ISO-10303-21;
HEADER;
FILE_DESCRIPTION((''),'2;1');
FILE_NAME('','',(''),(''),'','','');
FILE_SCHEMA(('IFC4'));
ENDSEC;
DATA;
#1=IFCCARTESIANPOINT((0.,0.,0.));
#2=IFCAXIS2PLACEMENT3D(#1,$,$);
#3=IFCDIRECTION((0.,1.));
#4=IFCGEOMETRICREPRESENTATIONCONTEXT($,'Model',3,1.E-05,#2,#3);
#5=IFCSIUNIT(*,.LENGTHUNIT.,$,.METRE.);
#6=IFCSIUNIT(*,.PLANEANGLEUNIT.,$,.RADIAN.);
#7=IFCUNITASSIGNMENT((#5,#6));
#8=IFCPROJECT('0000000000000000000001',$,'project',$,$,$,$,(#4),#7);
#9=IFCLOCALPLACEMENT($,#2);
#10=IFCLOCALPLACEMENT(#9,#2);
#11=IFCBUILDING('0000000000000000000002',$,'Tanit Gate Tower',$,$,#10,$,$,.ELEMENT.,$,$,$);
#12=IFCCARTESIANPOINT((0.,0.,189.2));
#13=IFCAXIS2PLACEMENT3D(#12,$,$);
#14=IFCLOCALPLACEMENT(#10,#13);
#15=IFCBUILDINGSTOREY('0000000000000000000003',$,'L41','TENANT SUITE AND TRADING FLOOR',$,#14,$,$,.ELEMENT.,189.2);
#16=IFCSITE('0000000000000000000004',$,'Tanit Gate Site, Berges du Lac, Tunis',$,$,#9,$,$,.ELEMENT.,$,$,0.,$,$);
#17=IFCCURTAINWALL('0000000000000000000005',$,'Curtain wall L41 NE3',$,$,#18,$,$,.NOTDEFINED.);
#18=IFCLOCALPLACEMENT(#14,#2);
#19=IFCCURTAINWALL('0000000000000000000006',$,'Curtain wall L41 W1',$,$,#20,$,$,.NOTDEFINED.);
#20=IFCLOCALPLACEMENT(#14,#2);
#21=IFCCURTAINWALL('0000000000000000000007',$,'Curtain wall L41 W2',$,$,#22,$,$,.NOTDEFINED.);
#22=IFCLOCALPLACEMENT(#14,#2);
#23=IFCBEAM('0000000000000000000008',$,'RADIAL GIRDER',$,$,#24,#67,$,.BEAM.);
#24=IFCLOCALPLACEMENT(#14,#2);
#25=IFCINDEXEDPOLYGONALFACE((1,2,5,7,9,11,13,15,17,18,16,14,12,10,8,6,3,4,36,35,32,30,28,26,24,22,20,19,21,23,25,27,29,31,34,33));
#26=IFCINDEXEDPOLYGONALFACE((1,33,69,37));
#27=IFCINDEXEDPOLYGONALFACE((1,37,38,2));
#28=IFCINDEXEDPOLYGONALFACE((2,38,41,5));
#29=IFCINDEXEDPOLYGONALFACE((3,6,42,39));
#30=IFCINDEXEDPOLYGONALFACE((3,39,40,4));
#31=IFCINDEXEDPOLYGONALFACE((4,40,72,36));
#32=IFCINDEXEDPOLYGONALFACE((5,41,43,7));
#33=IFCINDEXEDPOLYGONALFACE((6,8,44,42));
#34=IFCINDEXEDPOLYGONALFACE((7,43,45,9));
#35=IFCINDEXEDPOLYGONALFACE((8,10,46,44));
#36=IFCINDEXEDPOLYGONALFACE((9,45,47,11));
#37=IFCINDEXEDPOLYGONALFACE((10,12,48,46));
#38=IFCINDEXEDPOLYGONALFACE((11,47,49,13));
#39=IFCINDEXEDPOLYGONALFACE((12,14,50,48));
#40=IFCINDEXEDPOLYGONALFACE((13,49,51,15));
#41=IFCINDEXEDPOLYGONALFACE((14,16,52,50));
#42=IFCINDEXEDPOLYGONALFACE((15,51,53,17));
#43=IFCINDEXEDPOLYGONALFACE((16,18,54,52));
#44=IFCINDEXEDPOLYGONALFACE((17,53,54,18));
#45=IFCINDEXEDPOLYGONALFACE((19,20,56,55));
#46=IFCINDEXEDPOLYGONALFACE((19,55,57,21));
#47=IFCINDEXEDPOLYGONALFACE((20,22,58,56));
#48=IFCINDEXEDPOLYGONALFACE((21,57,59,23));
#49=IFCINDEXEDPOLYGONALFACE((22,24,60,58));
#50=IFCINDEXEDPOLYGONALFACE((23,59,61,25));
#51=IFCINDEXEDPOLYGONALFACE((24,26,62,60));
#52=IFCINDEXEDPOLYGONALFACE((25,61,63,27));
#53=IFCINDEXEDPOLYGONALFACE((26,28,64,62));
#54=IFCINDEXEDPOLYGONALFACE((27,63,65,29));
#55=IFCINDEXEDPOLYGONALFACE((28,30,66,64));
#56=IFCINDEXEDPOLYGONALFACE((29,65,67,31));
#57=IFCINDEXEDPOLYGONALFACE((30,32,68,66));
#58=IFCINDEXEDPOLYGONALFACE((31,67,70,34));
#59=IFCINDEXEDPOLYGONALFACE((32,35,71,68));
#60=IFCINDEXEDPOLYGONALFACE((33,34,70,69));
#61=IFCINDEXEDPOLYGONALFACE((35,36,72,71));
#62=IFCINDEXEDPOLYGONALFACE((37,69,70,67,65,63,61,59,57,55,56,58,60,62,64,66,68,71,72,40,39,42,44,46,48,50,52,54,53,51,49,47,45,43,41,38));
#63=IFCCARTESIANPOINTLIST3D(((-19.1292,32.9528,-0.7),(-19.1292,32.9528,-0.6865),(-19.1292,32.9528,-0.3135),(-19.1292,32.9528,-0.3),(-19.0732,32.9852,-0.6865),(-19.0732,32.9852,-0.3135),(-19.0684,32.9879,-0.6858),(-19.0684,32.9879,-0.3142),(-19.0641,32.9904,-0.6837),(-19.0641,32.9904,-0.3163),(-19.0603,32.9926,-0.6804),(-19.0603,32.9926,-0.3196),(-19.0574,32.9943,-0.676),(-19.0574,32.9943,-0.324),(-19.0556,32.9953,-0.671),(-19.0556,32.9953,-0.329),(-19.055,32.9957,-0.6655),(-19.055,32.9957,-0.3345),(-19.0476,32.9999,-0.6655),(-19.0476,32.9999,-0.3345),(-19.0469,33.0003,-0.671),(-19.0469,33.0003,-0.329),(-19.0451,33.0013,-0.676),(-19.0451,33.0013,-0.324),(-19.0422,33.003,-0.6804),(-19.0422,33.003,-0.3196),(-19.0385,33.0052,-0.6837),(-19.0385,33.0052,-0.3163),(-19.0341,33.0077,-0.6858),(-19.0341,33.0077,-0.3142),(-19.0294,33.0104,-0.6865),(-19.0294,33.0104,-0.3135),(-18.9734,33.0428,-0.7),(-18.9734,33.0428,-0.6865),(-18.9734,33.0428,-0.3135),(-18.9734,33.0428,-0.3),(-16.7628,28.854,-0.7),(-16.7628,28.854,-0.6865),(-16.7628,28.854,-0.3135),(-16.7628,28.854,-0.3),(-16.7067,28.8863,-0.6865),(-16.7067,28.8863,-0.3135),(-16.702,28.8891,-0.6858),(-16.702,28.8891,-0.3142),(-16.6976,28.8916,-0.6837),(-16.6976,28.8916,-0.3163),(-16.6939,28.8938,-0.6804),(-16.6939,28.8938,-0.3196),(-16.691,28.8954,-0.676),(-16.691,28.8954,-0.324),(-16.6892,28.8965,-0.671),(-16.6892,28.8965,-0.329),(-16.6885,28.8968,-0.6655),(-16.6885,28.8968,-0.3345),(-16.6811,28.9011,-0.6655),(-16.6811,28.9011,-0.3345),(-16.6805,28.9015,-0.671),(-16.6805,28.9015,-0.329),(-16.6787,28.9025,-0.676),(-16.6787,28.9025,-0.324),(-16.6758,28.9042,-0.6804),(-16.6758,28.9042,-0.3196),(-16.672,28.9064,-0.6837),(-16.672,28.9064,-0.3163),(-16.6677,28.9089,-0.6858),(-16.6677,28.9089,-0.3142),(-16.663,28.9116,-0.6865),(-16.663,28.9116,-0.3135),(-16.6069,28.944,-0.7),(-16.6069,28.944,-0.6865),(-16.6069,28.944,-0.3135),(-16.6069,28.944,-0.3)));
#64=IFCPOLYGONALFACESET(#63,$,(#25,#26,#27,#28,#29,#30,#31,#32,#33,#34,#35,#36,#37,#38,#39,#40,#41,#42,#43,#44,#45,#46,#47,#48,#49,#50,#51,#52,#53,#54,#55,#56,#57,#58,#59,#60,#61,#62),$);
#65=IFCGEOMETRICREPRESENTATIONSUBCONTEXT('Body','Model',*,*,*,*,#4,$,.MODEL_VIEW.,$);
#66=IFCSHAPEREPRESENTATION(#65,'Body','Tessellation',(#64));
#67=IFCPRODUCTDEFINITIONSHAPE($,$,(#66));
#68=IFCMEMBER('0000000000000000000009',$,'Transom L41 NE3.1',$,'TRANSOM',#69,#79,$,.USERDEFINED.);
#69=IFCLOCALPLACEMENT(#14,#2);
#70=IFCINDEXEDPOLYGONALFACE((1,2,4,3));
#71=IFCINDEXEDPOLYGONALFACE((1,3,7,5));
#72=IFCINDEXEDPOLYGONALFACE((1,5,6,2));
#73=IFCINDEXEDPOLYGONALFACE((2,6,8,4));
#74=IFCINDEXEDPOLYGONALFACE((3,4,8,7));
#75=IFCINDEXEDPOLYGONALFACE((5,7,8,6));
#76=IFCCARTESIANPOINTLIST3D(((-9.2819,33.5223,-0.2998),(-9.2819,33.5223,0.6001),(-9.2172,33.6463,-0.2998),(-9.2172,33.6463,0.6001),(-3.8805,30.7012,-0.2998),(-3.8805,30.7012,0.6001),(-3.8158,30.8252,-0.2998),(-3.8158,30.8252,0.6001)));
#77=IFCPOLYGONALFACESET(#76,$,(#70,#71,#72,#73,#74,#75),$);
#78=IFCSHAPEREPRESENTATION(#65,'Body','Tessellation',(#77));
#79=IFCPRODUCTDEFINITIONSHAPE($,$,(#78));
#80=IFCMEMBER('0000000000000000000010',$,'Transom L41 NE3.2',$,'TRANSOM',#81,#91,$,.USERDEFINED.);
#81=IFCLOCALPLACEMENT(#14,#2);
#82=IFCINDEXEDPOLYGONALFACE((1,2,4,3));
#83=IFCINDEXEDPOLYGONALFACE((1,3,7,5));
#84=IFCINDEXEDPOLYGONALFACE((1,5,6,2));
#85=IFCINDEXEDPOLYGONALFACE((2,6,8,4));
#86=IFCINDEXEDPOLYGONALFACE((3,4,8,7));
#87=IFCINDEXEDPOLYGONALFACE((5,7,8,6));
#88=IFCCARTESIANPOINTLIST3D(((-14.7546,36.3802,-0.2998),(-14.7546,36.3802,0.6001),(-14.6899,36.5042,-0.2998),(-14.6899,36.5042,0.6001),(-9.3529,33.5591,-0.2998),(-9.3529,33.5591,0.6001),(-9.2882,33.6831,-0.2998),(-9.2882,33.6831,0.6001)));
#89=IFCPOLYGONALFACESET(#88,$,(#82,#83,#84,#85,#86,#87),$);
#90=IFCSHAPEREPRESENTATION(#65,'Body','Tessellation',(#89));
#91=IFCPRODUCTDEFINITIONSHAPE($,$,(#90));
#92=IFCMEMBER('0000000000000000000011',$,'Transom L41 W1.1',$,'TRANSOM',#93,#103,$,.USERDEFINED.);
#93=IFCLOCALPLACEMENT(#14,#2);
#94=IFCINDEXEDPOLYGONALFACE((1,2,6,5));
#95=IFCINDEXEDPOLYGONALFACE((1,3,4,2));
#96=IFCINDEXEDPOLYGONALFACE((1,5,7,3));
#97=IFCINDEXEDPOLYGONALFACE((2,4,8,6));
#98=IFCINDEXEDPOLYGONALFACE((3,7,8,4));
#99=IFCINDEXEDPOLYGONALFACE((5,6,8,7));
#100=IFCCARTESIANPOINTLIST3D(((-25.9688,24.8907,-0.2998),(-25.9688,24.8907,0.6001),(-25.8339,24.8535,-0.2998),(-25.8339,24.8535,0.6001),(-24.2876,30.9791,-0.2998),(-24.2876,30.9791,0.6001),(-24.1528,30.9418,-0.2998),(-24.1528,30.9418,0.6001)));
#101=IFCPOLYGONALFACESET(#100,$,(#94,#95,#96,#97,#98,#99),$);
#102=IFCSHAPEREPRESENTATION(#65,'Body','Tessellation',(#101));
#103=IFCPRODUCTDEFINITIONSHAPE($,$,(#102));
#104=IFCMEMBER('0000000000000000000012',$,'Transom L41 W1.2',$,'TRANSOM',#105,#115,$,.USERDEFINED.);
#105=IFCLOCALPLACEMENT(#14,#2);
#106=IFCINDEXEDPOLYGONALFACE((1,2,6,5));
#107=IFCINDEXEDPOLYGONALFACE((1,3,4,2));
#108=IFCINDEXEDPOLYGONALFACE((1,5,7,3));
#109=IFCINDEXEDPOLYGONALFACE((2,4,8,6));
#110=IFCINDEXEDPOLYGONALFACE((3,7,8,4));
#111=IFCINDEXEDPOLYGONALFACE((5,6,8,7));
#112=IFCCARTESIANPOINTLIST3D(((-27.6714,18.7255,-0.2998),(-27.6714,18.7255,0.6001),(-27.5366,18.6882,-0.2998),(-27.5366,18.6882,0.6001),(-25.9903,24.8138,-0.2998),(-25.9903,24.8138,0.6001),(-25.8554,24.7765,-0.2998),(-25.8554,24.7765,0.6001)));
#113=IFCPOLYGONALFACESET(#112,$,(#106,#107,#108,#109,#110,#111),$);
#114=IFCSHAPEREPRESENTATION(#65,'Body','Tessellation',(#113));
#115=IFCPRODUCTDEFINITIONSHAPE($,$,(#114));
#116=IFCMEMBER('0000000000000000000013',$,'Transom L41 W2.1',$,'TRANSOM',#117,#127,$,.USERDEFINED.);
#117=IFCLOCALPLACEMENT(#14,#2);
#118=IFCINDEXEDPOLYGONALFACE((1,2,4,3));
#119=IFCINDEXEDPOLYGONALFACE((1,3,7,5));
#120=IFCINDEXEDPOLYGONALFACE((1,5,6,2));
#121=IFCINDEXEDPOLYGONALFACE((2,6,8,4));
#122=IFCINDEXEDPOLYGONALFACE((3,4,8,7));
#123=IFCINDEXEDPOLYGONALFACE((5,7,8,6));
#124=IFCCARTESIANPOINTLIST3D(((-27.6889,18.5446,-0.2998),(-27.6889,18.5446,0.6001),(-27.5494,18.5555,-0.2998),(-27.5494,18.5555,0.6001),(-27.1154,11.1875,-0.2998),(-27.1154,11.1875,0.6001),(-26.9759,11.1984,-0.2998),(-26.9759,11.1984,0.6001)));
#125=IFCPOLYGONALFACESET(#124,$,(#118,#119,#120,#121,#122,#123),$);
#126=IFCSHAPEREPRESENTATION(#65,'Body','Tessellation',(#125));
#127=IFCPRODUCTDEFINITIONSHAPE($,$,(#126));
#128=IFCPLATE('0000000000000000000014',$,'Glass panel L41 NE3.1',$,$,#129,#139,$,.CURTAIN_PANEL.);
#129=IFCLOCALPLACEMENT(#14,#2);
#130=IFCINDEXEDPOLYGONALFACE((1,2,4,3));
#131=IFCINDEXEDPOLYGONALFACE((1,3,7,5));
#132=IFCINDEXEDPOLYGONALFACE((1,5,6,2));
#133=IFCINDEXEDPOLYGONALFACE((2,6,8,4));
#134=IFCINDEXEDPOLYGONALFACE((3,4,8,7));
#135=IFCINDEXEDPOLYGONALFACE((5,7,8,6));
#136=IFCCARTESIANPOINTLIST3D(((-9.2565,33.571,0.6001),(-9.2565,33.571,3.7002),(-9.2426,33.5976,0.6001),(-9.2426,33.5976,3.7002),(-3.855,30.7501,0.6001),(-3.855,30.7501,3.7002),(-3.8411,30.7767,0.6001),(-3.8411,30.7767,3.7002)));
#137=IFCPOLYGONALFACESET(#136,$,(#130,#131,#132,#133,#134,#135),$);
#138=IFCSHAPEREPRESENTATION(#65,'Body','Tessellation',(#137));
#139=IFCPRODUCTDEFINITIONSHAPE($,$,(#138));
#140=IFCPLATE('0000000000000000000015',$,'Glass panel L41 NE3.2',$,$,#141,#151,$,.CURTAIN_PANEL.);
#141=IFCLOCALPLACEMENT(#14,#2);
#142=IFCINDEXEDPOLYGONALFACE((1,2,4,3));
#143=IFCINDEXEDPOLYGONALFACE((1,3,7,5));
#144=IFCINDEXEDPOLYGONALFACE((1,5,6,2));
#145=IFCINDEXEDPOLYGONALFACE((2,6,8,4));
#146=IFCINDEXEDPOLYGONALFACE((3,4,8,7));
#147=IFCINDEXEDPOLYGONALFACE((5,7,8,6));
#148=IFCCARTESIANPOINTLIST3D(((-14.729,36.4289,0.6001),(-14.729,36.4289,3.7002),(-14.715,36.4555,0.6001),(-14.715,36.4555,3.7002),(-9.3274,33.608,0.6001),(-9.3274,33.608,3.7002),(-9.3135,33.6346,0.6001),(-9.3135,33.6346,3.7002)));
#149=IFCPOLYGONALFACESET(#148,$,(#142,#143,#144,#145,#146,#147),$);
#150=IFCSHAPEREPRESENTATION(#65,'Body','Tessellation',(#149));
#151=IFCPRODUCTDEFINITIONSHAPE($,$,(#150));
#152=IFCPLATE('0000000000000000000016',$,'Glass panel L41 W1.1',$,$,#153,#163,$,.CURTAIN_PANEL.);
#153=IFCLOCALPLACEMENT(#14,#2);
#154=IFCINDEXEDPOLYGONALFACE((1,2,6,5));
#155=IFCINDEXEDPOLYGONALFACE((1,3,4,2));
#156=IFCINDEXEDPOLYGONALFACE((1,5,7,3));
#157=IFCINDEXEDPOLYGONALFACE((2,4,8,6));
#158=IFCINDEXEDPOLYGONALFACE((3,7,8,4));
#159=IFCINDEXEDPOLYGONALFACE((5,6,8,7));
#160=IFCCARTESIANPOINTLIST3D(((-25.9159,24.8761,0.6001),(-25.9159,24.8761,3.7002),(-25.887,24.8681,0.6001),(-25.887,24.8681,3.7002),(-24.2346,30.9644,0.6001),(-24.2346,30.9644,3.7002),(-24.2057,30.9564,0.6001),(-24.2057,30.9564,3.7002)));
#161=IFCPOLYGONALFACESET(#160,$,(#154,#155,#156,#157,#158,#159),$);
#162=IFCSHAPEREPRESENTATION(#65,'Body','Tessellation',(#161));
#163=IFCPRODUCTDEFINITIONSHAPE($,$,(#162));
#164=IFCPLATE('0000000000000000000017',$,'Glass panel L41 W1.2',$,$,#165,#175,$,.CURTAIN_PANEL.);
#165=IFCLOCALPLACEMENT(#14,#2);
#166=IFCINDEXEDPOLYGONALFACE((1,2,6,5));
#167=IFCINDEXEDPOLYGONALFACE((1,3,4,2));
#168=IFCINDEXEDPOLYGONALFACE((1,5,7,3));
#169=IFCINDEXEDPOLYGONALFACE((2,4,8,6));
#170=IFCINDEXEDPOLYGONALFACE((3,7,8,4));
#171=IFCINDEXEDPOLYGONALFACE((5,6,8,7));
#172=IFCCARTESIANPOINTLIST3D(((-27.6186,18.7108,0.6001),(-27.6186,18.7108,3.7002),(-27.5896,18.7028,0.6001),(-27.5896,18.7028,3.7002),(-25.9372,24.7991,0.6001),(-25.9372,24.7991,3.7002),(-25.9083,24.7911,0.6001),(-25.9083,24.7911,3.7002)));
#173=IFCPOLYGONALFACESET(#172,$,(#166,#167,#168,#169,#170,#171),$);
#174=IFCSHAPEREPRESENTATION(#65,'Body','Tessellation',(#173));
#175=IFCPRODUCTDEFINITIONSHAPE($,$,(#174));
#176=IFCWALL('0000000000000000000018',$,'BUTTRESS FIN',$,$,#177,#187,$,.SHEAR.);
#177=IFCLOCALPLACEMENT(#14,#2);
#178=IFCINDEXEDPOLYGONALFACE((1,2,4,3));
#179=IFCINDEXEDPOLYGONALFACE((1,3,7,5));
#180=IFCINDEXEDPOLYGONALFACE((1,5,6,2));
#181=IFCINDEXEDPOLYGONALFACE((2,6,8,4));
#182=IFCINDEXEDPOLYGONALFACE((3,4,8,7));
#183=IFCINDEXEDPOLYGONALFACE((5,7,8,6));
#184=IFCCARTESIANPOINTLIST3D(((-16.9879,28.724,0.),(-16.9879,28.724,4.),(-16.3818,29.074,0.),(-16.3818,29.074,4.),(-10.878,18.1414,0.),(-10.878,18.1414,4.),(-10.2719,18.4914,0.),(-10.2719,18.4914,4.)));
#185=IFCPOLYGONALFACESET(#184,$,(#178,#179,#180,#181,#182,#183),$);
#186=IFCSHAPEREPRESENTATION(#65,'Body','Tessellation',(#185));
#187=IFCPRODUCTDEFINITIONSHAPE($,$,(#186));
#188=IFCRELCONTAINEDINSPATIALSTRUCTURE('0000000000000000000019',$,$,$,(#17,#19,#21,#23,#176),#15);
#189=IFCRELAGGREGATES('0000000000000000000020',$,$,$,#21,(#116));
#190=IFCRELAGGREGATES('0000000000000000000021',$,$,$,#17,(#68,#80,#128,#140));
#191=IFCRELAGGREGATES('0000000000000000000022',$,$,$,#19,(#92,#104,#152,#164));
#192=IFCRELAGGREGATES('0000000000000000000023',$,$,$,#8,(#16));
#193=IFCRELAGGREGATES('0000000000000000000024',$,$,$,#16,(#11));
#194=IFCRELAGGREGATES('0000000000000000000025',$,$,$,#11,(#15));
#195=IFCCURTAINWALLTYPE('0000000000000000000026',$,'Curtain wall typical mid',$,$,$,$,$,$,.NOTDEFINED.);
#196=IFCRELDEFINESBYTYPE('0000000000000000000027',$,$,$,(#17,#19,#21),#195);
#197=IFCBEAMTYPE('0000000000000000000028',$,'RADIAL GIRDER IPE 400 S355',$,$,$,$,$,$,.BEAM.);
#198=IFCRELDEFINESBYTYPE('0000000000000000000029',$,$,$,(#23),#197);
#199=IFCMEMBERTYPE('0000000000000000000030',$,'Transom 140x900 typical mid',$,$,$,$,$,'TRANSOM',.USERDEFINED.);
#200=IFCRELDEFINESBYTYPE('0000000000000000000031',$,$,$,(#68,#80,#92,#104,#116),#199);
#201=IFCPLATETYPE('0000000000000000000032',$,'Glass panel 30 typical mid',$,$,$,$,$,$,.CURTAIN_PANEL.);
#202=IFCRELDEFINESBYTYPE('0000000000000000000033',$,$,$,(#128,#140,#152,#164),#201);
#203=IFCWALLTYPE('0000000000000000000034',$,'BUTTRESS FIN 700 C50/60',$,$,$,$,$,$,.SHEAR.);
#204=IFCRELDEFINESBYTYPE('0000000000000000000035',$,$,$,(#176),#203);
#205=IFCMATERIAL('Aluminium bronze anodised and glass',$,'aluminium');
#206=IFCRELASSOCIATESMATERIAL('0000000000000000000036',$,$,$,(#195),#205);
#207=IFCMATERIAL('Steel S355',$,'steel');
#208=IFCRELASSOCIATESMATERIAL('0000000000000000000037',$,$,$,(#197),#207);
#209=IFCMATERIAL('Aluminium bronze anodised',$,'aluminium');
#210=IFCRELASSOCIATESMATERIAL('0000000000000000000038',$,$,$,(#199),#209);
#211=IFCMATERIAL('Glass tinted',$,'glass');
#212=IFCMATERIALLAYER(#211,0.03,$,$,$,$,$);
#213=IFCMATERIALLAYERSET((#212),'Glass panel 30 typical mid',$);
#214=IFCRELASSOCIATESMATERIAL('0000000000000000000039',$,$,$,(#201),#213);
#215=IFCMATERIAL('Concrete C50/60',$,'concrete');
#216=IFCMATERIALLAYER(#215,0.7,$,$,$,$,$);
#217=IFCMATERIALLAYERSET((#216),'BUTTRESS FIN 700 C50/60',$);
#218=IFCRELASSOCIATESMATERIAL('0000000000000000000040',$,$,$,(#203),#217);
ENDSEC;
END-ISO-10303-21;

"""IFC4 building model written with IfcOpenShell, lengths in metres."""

from ifc_helpers import new_model, si_unit, direction, frame, frame_2d, origin, origin_2d, place, context, subcontext, project, spatial, rectangle, i_section, extrude, material, layer, layer_set, material_profile, profile_set, type_object, element, aggregate, save


model = new_model("IFC4")

# Units and contexts
model_context = context("Model", 3, precision=1e-05, world=origin(), true_north=direction((0.0, 1.0)))
body_context = subcontext(model_context, "Body", "Model", "MODEL_VIEW")
ifc_project = project(units=[si_unit("LENGTHUNIT", "METRE"), si_unit("PLANEANGLEUNIT", "RADIAN")], contexts=[model_context])

# Site, building, storey
site_placement = place(None, origin())
site = spatial("IfcSite", under=ifc_project, at=site_placement, Name="Tanit Gate Site, Berges du Lac, Tunis", CompositionType="ELEMENT", RefElevation=0.0)
building_placement = place(site_placement, origin())
building = spatial("IfcBuilding", under=site, at=building_placement, Name="Tanit Gate Tower", CompositionType="ELEMENT")
storey_placement = place(building_placement, frame((0.0, 0.0, 189.2)))
storey = spatial("IfcBuildingStorey", under=building, at=storey_placement, Name="L41", Description="TENANT SUITE AND TRADING FLOOR", CompositionType="ELEMENT", Elevation=189.2)

# Curtain wall
ifc_material_1 = material(Name="Aluminium bronze anodised and glass", Category="aluminium")
curtain_wall_type = type_object("IfcCurtainWallType", Name="Curtain wall typical mid", PredefinedType="NOTDEFINED", material=ifc_material_1)
curtain_wall_1_placement = place(storey_placement, origin())
curtain_wall_1 = element("IfcCurtainWall", 1, at=curtain_wall_1_placement, inside=storey, type_object=curtain_wall_type, Name="Curtain wall L41 NE3", PredefinedType="NOTDEFINED")

# Curtain walls
curtain_wall_2_placement = place(storey_placement, origin())
curtain_wall_2 = element("IfcCurtainWall", 2, at=curtain_wall_2_placement, inside=storey, type_object=curtain_wall_type, Name="Curtain wall L41 W1", PredefinedType="NOTDEFINED")
curtain_wall_3_placement = place(storey_placement, origin())
curtain_wall_3 = element("IfcCurtainWall", 3, at=curtain_wall_3_placement, inside=storey, type_object=curtain_wall_type, Name="Curtain wall L41 W2", PredefinedType="NOTDEFINED")

# Beam
ifc_material_2 = material(Name="Steel S355", Category="steel")
ifc_material_profile_1 = material_profile(ifc_material_2, i_section(OverallWidth=0.1799, OverallDepth=0.3999, WebThickness=0.0085, FlangeThickness=0.0134, FilletRadius=0.021, at=origin_2d()), Name="IPE 400")
ifc_profile_set_1 = profile_set([ifc_material_profile_1], Name="Steel S355")
beam_type_1 = type_object("IfcBeamType", Name="RADIAL GIRDER IPE 400 S355", PredefinedType="BEAM", material=ifc_profile_set_1)
beam_1_placement = place(storey_placement, frame((-19.0513, 32.9978, -0.5), z_axis=(0.499995, -0.866028, 0.0), x_axis=(0.866028, 0.499995, 0.0)))
element("IfcBeam", 4, at=beam_1_placement, inside=storey, type_object=beam_type_1, Name="RADIAL GIRDER", PredefinedType="BEAM", context=body_context, shape_type="SweptSolid", body=[
    extrude(i_section(OverallWidth=0.1799, OverallDepth=0.3999, WebThickness=0.0085, FlangeThickness=0.0134, FilletRadius=0.021, at=origin_2d()), origin(), (0.0, 0.0, 1.0), 4.7329),
])

# Members
ifc_material_3 = material(Name="Aluminium bronze anodised", Category="aluminium")
ifc_material_profile_2 = material_profile(ifc_material_3, rectangle(XDim=0.1399, YDim=0.8999, at=origin_2d()), Name="140x900 bronze transom")
ifc_profile_set_2 = profile_set([ifc_material_profile_2], Name="Aluminium bronze anodised")
member_type_1 = type_object("IfcMemberType", Name="Transom 140x900 typical mid", ElementType="TRANSOM", PredefinedType="USERDEFINED", material=ifc_profile_set_2)
member_1_placement = place(storey_placement, frame((-3.8481, 30.7632, 0.1501), z_axis=(-0.886387, 0.462945, 0.0), x_axis=(-0.462945, -0.886387, 0.0)))
member_1 = element("IfcMember", 5, at=member_1_placement, type_object=member_type_1, Name="Transom L41 NE3.1", ObjectType="TRANSOM", PredefinedType="USERDEFINED", context=body_context, shape_type="SweptSolid", body=[
    extrude(rectangle(XDim=0.1399, YDim=0.8999, at=origin_2d()), origin(), (0.0, 0.0, 1.0), 6.0938),
])
member_2_placement = place(storey_placement, frame((-9.3206, 33.6211, 0.1501), z_axis=(-0.886395, 0.462929, 0.0), x_axis=(-0.462929, -0.886395, 0.0)))
member_2 = element("IfcMember", 6, at=member_2_placement, type_object=member_type_1, Name="Transom L41 NE3.2", ObjectType="TRANSOM", PredefinedType="USERDEFINED", context=body_context, shape_type="SweptSolid", body=[
    extrude(rectangle(XDim=0.1399, YDim=0.8999, at=origin_2d()), origin(), (0.0, 0.0, 1.0), 6.094),
])
member_3_placement = place(storey_placement, frame((-24.2202, 30.9604, 0.1501), z_axis=(-0.266164, -0.963928, 0.0), x_axis=(0.963928, -0.266164, 0.0)))
member_3 = element("IfcMember", 7, at=member_3_placement, type_object=member_type_1, Name="Transom L41 W1.1", ObjectType="TRANSOM", PredefinedType="USERDEFINED", context=body_context, shape_type="SweptSolid", body=[
    extrude(rectangle(XDim=0.1399, YDim=0.8999, at=origin_2d()), origin(), (0.0, 0.0, 1.0), 6.3162),
])
member_4_placement = place(storey_placement, frame((-25.9229, 24.7952, 0.1501), z_axis=(-0.266164, -0.963928, 0.0), x_axis=(0.963928, -0.266164, 0.0)))
member_4 = element("IfcMember", 8, at=member_4_placement, type_object=member_type_1, Name="Transom L41 W1.2", ObjectType="TRANSOM", PredefinedType="USERDEFINED", context=body_context, shape_type="SweptSolid", body=[
    extrude(rectangle(XDim=0.1399, YDim=0.8999, at=origin_2d()), origin(), (0.0, 0.0, 1.0), 6.3162),
])
member_5_placement = place(storey_placement, frame((-27.6191, 18.55, 0.1501), z_axis=(0.077713, -0.996976, 0.0), x_axis=(0.996976, 0.077713, 0.0)))
member_5 = element("IfcMember", 9, at=member_5_placement, type_object=member_type_1, Name="Transom L41 W2.1", ObjectType="TRANSOM", PredefinedType="USERDEFINED", context=body_context, shape_type="SweptSolid", body=[
    extrude(rectangle(XDim=0.1399, YDim=0.8999, at=origin_2d()), origin(), (0.0, 0.0, 1.0), 7.3794),
])
aggregate(curtain_wall_3, [member_5])

# Plates
ifc_material_4 = material(Name="Glass tinted", Category="glass")
ifc_layer_1 = layer(ifc_material_4, 0.03)
ifc_layer_set_1 = layer_set([ifc_layer_1], Name="Glass panel 30 typical mid")
plate_type = type_object("IfcPlateType", Name="Glass panel 30 typical mid", PredefinedType="CURTAIN_PANEL", material=ifc_layer_set_1)
plate_1_placement = place(storey_placement, frame((-6.5488, 32.1738, 0.6001), z_axis=(0.0, 0.0, 1.0), x_axis=(-0.886403, 0.462914, 0.0)))
plate_1 = element("IfcPlate", 10, at=plate_1_placement, type_object=plate_type, Name="Glass panel L41 NE3.1", PredefinedType="CURTAIN_PANEL", context=body_context, shape_type="SweptSolid", body=[
    extrude(rectangle(XDim=6.0938, YDim=0.03, at=origin_2d()), origin(), (0.0, 0.0, 1.0), 3.1001),
])
plate_2_placement = place(storey_placement, frame((-12.0212, 35.0317, 0.6001), z_axis=(0.0, 0.0, 1.0), x_axis=(-0.886403, 0.462914, 0.0)))
plate_2 = element("IfcPlate", 11, at=plate_2_placement, type_object=plate_type, Name="Glass panel L41 NE3.2", PredefinedType="CURTAIN_PANEL", context=body_context, shape_type="SweptSolid", body=[
    extrude(rectangle(XDim=6.0938, YDim=0.03, at=origin_2d()), origin(), (0.0, 0.0, 1.0), 3.1001),
])
aggregate(curtain_wall_1, [member_1, member_2, plate_1, plate_2])
plate_3_placement = place(storey_placement, frame((-25.0608, 27.9163, 0.6001), z_axis=(0.0, 0.0, 1.0), x_axis=(-0.266191, -0.96392, 0.0)))
plate_3 = element("IfcPlate", 12, at=plate_3_placement, type_object=plate_type, Name="Glass panel L41 W1.1", PredefinedType="CURTAIN_PANEL", context=body_context, shape_type="SweptSolid", body=[
    extrude(rectangle(XDim=6.3162, YDim=0.03, at=origin_2d()), origin(), (0.0, 0.0, 1.0), 3.1001),
])
plate_4_placement = place(storey_placement, frame((-26.7634, 21.751, 0.6001), z_axis=(0.0, 0.0, 1.0), x_axis=(-0.266191, -0.96392, 0.0)))
plate_4 = element("IfcPlate", 13, at=plate_4_placement, type_object=plate_type, Name="Glass panel L41 W1.2", PredefinedType="CURTAIN_PANEL", context=body_context, shape_type="SweptSolid", body=[
    extrude(rectangle(XDim=6.3162, YDim=0.03, at=origin_2d()), origin(), (0.0, 0.0, 1.0), 3.1001),
])
aggregate(curtain_wall_2, [member_3, member_4, plate_3, plate_4])

# Wall
ifc_material_5 = material(Name="Concrete C50/60", Category="concrete")
ifc_layer_2 = layer(ifc_material_5, 0.7)
ifc_layer_set_2 = layer_set([ifc_layer_2], Name="BUTTRESS FIN 700 C50/60")
wall_type_1 = type_object("IfcWallType", Name="BUTTRESS FIN 700 C50/60", PredefinedType="SHEAR", material=ifc_layer_set_2)
wall_1_placement = place(storey_placement, frame((-10.575, 18.3164, 0.0), z_axis=(0.0, 0.0, 1.0), x_axis=(-0.500003, 0.866024, 0.0)))
element("IfcWall", 14, at=wall_1_placement, inside=storey, type_object=wall_type_1, Name="BUTTRESS FIN", PredefinedType="SHEAR", context=body_context, shape_type="SweptSolid", body=[
    extrude(rectangle(XDim=12.2197, YDim=0.7, at=frame_2d((6.1099, 0.0))), origin(), (0.0, 0.0, 1.0), 4.0),
])

save(model, "model.ifc")
